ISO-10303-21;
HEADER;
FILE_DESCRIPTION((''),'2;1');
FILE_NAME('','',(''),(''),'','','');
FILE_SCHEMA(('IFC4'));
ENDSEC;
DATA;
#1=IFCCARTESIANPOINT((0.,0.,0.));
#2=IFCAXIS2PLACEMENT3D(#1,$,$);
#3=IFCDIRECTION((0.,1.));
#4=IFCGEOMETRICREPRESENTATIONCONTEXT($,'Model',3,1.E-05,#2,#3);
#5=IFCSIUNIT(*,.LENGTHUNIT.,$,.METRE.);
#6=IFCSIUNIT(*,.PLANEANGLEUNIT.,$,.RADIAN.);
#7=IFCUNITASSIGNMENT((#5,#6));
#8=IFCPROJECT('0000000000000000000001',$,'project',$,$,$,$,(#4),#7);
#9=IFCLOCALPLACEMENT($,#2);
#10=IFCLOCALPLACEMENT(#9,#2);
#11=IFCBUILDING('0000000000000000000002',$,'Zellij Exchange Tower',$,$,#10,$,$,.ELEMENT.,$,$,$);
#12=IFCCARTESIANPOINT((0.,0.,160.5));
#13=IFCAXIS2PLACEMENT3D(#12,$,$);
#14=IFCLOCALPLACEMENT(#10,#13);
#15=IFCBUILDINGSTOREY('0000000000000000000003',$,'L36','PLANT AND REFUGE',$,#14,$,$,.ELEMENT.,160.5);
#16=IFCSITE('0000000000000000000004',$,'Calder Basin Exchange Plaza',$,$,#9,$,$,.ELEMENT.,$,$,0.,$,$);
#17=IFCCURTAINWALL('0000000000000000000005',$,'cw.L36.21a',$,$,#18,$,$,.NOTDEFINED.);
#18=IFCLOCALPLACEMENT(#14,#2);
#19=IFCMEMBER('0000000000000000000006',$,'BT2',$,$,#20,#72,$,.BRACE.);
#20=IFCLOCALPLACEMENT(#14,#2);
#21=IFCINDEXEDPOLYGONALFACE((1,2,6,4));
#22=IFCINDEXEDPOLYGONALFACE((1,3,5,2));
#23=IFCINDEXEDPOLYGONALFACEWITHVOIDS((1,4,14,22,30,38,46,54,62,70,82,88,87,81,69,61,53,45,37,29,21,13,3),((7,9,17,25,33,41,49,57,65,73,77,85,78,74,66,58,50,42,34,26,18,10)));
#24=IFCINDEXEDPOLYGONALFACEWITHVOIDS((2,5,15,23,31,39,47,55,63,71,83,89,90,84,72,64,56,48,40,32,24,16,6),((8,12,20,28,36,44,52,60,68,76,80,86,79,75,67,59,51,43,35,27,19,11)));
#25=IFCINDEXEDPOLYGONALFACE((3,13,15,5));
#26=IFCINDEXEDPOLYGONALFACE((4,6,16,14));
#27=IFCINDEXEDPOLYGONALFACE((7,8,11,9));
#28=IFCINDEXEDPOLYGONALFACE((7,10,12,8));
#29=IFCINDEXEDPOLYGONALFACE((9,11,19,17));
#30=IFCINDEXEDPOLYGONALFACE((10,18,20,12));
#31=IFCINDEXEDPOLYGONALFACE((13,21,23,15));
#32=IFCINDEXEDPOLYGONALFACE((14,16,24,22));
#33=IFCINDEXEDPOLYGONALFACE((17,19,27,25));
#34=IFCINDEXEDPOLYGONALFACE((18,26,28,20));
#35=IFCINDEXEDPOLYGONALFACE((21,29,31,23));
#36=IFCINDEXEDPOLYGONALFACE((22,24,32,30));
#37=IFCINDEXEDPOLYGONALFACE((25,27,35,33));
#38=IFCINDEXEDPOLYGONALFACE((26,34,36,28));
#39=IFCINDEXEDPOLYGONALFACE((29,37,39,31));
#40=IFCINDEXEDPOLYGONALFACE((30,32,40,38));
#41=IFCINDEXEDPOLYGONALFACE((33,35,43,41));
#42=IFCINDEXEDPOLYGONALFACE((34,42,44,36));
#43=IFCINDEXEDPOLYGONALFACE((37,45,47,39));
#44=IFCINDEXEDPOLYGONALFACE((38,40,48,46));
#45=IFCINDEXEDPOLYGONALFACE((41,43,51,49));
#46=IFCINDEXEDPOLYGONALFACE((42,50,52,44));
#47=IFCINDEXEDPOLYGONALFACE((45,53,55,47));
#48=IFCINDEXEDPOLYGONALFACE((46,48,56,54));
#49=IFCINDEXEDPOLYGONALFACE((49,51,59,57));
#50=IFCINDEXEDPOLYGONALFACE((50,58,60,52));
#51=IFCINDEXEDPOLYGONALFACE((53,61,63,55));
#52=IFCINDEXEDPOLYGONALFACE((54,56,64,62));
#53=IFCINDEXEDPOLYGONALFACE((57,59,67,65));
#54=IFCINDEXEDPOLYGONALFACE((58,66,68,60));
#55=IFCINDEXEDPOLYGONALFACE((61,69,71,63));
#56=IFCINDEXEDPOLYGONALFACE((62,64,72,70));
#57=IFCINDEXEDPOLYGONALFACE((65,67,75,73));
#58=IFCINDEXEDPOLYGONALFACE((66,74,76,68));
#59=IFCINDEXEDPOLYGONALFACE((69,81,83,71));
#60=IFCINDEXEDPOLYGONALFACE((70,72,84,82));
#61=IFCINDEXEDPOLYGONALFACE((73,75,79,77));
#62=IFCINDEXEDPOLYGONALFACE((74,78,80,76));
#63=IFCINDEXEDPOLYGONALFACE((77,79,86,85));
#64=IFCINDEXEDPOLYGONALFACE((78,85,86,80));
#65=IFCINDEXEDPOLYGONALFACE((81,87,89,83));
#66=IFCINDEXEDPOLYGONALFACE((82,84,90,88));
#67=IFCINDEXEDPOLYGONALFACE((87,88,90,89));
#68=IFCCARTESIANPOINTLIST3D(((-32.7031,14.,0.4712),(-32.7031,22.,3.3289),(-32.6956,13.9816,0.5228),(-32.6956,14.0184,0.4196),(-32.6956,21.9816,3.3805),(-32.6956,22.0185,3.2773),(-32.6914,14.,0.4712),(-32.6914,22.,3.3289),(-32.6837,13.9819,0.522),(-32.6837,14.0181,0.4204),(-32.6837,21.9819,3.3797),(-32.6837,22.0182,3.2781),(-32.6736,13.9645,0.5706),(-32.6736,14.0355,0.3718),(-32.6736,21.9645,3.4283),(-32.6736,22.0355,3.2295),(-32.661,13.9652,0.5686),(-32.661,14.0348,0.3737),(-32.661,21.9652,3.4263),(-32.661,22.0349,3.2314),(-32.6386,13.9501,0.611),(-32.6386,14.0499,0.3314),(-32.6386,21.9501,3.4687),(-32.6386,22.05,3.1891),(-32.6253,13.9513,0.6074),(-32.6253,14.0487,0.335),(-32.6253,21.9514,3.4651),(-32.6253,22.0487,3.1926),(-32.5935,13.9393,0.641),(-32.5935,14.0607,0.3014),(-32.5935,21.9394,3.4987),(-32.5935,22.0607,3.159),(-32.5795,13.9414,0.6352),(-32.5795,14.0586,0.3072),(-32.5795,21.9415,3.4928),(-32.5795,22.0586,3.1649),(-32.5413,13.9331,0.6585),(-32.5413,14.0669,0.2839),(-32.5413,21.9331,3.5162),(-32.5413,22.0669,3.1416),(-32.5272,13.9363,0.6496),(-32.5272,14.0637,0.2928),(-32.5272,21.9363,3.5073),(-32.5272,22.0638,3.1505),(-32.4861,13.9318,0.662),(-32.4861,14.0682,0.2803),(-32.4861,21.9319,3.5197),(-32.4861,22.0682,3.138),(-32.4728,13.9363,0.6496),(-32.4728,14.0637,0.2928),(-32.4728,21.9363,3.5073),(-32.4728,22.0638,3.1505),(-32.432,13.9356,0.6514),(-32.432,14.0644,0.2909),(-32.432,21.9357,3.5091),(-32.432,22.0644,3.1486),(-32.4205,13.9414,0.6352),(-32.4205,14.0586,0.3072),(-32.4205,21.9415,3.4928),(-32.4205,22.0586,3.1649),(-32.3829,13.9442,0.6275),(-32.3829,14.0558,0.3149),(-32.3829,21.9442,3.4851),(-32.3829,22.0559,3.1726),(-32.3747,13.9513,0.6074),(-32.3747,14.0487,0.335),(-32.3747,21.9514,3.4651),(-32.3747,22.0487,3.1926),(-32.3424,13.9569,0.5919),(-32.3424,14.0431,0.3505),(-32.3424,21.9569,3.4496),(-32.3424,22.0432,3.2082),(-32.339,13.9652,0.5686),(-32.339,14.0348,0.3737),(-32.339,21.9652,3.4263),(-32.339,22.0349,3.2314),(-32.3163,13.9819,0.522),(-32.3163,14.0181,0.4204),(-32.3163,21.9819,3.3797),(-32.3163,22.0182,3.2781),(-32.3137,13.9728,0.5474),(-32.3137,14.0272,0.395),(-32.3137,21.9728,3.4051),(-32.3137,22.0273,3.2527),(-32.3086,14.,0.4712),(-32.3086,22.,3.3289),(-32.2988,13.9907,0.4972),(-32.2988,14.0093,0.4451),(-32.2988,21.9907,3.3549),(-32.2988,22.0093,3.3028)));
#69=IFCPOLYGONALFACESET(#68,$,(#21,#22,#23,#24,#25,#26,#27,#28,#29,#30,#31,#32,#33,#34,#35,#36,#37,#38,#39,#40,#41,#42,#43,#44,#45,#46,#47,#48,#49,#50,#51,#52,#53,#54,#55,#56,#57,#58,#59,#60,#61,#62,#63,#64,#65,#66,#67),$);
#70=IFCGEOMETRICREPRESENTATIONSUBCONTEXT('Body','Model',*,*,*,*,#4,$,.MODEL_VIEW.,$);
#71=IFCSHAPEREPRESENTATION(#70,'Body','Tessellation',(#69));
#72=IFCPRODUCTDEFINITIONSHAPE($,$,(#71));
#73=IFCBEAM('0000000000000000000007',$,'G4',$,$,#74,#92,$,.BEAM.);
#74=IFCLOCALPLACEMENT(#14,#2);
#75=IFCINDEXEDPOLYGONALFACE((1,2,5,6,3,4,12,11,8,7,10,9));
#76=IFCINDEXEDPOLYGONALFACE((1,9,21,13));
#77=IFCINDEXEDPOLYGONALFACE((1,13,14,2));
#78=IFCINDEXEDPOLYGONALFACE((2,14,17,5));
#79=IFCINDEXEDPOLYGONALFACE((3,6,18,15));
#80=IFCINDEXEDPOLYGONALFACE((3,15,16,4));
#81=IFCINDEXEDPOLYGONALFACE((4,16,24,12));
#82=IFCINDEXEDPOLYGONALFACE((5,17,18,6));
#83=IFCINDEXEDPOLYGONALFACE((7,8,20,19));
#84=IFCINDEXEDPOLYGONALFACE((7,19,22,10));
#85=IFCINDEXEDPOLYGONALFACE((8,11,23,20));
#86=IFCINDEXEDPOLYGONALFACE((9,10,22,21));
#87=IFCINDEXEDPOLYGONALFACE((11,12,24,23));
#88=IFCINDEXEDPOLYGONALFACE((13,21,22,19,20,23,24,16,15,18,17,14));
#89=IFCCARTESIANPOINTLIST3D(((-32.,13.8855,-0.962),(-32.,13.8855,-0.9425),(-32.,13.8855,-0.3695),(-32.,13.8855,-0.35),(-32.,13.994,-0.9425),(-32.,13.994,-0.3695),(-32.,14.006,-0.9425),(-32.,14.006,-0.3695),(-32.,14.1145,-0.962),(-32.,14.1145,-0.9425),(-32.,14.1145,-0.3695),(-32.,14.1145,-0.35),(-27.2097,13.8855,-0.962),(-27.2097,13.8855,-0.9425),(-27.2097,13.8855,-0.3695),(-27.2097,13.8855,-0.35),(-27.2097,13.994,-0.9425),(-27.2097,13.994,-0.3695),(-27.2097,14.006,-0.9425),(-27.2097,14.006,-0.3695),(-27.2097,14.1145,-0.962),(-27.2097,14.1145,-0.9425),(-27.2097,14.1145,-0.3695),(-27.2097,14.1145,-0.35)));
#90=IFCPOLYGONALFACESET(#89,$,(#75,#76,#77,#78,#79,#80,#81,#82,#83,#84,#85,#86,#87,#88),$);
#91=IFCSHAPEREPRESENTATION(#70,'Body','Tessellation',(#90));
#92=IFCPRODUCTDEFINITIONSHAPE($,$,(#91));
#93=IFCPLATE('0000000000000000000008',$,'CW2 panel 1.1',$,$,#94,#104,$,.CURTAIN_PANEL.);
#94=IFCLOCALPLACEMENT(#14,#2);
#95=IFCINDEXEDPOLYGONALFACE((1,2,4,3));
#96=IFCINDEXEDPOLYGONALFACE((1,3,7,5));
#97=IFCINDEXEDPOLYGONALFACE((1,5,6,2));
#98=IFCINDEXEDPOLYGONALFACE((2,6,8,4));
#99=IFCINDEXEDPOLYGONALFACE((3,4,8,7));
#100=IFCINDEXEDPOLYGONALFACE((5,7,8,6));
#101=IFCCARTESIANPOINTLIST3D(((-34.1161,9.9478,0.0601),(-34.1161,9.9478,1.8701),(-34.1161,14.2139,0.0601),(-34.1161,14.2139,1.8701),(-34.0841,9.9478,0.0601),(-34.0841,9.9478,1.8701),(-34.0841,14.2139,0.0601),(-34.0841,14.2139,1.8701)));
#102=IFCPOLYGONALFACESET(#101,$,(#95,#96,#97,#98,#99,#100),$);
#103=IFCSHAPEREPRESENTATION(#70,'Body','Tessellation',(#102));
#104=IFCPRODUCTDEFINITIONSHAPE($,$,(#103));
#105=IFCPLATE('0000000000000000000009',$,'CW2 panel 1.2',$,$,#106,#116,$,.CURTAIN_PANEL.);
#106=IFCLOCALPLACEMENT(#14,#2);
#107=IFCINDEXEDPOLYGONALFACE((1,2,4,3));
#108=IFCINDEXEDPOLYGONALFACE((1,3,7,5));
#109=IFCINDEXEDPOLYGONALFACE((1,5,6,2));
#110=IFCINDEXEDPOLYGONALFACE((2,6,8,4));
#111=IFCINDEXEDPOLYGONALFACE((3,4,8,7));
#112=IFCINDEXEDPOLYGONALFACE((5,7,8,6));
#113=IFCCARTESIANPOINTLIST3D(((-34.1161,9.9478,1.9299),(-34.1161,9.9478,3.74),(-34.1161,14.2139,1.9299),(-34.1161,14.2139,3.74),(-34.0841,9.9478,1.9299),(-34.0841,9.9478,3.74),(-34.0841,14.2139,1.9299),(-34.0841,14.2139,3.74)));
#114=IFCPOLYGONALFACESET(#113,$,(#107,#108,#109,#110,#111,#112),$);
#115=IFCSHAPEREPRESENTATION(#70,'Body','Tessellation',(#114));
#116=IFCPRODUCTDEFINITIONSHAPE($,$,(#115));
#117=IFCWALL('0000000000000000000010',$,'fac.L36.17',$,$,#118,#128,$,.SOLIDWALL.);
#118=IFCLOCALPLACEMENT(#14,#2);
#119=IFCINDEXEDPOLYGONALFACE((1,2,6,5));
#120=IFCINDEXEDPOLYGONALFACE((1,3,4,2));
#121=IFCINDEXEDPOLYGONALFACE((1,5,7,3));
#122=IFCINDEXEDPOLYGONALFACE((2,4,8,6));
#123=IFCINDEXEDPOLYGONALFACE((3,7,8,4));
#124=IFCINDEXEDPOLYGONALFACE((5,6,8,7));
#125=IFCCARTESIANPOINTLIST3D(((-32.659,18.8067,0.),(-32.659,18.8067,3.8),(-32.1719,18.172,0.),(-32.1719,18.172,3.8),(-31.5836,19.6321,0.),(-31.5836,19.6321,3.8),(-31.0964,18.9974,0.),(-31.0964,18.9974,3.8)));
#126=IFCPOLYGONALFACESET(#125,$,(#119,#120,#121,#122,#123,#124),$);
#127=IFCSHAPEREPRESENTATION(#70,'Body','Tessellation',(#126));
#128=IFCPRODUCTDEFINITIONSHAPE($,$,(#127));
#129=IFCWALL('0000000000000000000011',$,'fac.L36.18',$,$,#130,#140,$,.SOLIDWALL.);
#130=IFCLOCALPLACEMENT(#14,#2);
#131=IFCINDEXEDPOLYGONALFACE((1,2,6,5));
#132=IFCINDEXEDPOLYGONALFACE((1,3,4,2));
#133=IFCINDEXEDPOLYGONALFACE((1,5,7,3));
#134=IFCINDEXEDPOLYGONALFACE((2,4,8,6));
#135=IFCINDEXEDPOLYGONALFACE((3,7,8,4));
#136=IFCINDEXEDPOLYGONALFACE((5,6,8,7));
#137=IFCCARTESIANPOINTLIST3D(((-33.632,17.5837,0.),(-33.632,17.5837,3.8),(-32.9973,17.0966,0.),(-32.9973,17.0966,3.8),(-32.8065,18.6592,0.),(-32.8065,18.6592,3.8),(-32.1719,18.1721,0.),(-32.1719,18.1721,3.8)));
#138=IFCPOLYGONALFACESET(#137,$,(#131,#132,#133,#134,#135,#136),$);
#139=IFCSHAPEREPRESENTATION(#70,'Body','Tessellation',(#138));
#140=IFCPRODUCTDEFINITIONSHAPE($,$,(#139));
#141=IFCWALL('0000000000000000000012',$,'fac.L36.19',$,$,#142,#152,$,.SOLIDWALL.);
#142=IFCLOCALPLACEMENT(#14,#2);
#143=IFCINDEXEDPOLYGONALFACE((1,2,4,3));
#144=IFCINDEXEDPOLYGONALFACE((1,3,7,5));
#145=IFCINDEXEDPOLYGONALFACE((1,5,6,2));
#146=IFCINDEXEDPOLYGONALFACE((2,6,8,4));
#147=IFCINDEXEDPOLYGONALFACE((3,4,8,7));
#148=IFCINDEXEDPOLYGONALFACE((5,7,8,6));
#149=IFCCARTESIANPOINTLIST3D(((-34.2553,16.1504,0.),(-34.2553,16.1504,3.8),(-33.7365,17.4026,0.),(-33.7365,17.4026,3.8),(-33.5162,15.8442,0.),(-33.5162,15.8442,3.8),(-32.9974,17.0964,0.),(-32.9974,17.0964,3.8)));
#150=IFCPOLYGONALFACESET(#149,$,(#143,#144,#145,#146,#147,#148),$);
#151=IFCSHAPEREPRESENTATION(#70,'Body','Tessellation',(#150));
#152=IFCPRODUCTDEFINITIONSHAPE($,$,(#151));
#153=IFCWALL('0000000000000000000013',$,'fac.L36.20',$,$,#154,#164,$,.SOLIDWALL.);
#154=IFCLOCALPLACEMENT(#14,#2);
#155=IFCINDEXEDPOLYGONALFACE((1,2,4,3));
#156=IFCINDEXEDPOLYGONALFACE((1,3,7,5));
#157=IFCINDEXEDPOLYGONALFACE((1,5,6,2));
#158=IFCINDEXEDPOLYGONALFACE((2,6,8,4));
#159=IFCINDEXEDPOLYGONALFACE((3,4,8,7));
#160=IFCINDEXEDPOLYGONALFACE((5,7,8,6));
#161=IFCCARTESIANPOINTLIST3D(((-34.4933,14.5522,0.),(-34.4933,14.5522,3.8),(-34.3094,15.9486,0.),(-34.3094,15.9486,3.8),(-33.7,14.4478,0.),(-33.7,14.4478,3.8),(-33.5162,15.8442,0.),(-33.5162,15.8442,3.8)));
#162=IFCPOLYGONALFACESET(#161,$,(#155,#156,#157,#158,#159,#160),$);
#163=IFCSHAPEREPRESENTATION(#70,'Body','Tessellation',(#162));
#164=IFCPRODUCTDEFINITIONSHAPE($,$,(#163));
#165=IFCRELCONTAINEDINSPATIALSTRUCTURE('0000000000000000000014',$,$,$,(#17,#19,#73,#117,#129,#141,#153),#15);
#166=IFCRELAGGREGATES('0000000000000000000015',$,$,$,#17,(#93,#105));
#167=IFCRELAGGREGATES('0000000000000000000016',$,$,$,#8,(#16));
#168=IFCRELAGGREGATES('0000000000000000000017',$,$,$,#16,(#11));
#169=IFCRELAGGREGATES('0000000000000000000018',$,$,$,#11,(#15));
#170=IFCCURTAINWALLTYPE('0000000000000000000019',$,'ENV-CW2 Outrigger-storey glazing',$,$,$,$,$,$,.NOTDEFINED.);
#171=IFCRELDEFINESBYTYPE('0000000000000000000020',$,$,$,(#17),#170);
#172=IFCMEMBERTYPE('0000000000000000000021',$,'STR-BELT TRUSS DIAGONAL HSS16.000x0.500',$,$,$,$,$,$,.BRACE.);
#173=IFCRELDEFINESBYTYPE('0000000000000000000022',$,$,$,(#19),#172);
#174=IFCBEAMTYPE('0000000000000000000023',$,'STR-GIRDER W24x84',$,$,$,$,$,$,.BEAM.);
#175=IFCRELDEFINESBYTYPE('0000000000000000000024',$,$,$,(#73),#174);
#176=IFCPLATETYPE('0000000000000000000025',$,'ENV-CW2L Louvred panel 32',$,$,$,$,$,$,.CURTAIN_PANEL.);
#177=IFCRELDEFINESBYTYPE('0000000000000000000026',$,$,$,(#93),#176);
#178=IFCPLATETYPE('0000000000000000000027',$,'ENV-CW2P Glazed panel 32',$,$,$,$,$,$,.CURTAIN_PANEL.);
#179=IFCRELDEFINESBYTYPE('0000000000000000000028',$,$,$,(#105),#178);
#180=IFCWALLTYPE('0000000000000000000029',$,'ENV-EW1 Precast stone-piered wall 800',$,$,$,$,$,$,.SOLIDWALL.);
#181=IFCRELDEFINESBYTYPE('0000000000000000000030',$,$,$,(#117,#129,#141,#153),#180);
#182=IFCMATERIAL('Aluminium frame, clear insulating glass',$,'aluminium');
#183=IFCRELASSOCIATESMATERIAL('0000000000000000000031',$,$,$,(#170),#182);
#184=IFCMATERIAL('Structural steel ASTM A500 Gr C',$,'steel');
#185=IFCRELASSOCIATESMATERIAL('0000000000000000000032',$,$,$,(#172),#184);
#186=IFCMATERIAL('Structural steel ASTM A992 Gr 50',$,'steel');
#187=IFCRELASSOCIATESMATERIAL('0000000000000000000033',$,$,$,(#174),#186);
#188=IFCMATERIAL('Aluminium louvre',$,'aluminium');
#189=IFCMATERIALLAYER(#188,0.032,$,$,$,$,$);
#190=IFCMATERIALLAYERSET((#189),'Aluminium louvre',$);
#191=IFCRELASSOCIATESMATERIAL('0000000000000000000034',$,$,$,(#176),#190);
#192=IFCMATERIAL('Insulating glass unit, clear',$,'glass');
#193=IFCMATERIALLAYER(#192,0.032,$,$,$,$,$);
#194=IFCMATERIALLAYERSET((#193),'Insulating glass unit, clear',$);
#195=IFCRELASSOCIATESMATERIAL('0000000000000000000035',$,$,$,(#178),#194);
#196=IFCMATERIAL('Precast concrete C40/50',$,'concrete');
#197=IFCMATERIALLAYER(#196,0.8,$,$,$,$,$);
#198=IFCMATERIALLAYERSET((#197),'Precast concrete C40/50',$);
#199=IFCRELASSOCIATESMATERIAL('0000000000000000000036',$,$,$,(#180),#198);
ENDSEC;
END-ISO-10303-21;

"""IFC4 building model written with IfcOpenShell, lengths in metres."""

from ifc_helpers import new_model, si_unit, direction, frame, frame_2d, origin, origin_2d, place, context, subcontext, project, spatial, rectangle, hollow_circle, i_section, extrude, material, layer, layer_set, material_profile, profile_set, type_object, element, aggregate, save


model = new_model("IFC4")

# Units and contexts
model_context = context("Model", 3, precision=1e-05, world=origin(), true_north=direction((0.0, 1.0)))
body_context = subcontext(model_context, "Body", "Model", "MODEL_VIEW")
ifc_project = project(units=[si_unit("LENGTHUNIT", "METRE"), si_unit("PLANEANGLEUNIT", "RADIAN")], contexts=[model_context])

# Site, building, storey
site_placement = place(None, origin())
site = spatial("IfcSite", under=ifc_project, at=site_placement, Name="Calder Basin Exchange Plaza", CompositionType="ELEMENT", RefElevation=0.0)
building_placement = place(site_placement, origin())
building = spatial("IfcBuilding", under=site, at=building_placement, Name="Zellij Exchange Tower", CompositionType="ELEMENT")
storey_placement = place(building_placement, frame((0.0, 0.0, 160.5)))
storey = spatial("IfcBuildingStorey", under=building, at=storey_placement, Name="L36", Description="PLANT AND REFUGE", CompositionType="ELEMENT", Elevation=160.5)

# Curtain wall
ifc_material_1 = material(Name="Aluminium frame, clear insulating glass", Category="aluminium")
curtain_wall_type = type_object("IfcCurtainWallType", Name="ENV-CW2 Outrigger-storey glazing", PredefinedType="NOTDEFINED", material=ifc_material_1)
curtain_wall_placement = place(storey_placement, origin())
curtain_wall = element("IfcCurtainWall", 1, at=curtain_wall_placement, inside=storey, type_object=curtain_wall_type, Name="cw.L36.21a", PredefinedType="NOTDEFINED")

# Member
ifc_material_2 = material(Name="Structural steel ASTM A992 Gr 50", Category="steel")
ifc_material_3 = material(Name="Structural steel ASTM A500 Gr C", Category="steel")
ifc_material_profile_1 = material_profile(ifc_material_3, hollow_circle(Radius=0.2031, WallThickness=0.0117, at=origin_2d()), Name="STR-BELT TRUSS DIAGONAL HSS16.000x0.500")
ifc_profile_set_1 = profile_set([ifc_material_profile_1], Name="Structural steel ASTM A500 Gr C")
member_type_1 = type_object("IfcMemberType", Name="STR-BELT TRUSS DIAGONAL HSS16.000x0.500", PredefinedType="BRACE", material=ifc_profile_set_1)
member_1_placement = place(storey_placement, frame((-32.5, 14.0, 0.4712), z_axis=(0.0, 0.941722, 0.336391), x_axis=(-1.0, 0.0, 0.0)))
element("IfcMember", 2, at=member_1_placement, inside=storey, type_object=member_type_1, Name="BT2", PredefinedType="BRACE", context=body_context, shape_type="SweptSolid", body=[
    extrude(hollow_circle(Radius=0.2031, WallThickness=0.0117, at=origin_2d()), origin(), (0.0, 0.0, 1.0), 8.4951),
])

# Beam
ifc_material_profile_2 = material_profile(ifc_material_2, i_section(OverallWidth=0.229, OverallDepth=0.6121, WebThickness=0.012, FlangeThickness=0.0195, at=origin_2d()), Name="W24x84")
ifc_profile_set_2 = profile_set([ifc_material_profile_2], Name="Structural steel ASTM A992 Gr 50")
beam_type = type_object("IfcBeamType", Name="STR-GIRDER W24x84", PredefinedType="BEAM", material=ifc_profile_set_2)
beam_placement = place(storey_placement, frame((-32.0, 14.0, -0.656), z_axis=(1.0, 0.0, 0.0), x_axis=(0.0, 1.0, 0.0)))
element("IfcBeam", 3, at=beam_placement, inside=storey, type_object=beam_type, Name="G4", PredefinedType="BEAM", context=body_context, shape_type="SweptSolid", body=[
    extrude(i_section(OverallWidth=0.229, OverallDepth=0.6121, WebThickness=0.012, FlangeThickness=0.0195, at=origin_2d()), origin(), (0.0, 0.0, 1.0), 4.7903),
])

# Plates
ifc_material_4 = material(Name="Aluminium louvre", Category="aluminium")
ifc_layer_1 = layer(ifc_material_4, 0.032)
ifc_layer_set_1 = layer_set([ifc_layer_1], Name="Aluminium louvre")
plate_type_1 = type_object("IfcPlateType", Name="ENV-CW2L Louvred panel 32", PredefinedType="CURTAIN_PANEL", material=ifc_layer_set_1)
plate_1_placement = place(storey_placement, frame((-34.1001, 12.0808, 0.0601), z_axis=(0.0, 0.0, 1.0), x_axis=(0.0, -1.0, 0.0)))
plate_1 = element("IfcPlate", 4, at=plate_1_placement, type_object=plate_type_1, Name="CW2 panel 1.1", PredefinedType="CURTAIN_PANEL", context=body_context, shape_type="SweptSolid", body=[
    extrude(rectangle(XDim=4.2661, YDim=0.032, at=origin_2d()), origin(), (0.0, 0.0, 1.0), 1.8101),
])
ifc_material_5 = material(Name="Insulating glass unit, clear", Category="glass")
ifc_layer_2 = layer(ifc_material_5, 0.032)
ifc_layer_set_2 = layer_set([ifc_layer_2], Name="Insulating glass unit, clear")
plate_type_2 = type_object("IfcPlateType", Name="ENV-CW2P Glazed panel 32", PredefinedType="CURTAIN_PANEL", material=ifc_layer_set_2)
plate_2_placement = place(storey_placement, frame((-34.1001, 12.0808, 1.9299), z_axis=(0.0, 0.0, 1.0), x_axis=(0.0, -1.0, 0.0)))
plate_2 = element("IfcPlate", 5, at=plate_2_placement, type_object=plate_type_2, Name="CW2 panel 1.2", PredefinedType="CURTAIN_PANEL", context=body_context, shape_type="SweptSolid", body=[
    extrude(rectangle(XDim=4.2661, YDim=0.032, at=origin_2d()), origin(), (0.0, 0.0, 1.0), 1.8101),
])
aggregate(curtain_wall, [plate_1, plate_2])

# Walls
ifc_material_6 = material(Name="Precast concrete C40/50", Category="concrete")
ifc_layer_3 = layer(ifc_material_6, 0.8)
ifc_layer_set_3 = layer_set([ifc_layer_3], Name="Precast concrete C40/50")
wall_type_1 = type_object("IfcWallType", Name="ENV-EW1 Precast stone-piered wall 800", PredefinedType="SOLIDWALL", material=ifc_layer_set_3)
for number, where, z_axis, x_axis, name in (
    (6, (-31.3401, 19.3147, 0.0), (0.0, 0.0, 1.0), (-0.793273, -0.608866, 0.0), "fac.L36.17"),
    (7, (-32.4893, 18.4155, 0.0), (0.0, 0.0, 1.0), (-0.608866, -0.793273, 0.0), "fac.L36.18"),
):
    element("IfcWall", number, at=place(storey_placement, frame(where, z_axis=z_axis, x_axis=x_axis)), inside=storey, type_object=wall_type_1, Name=name, PredefinedType="SOLIDWALL", context=body_context, shape_type="SweptSolid", body=[
        extrude(rectangle(XDim=1.3557, YDim=0.8, at=frame_2d((0.6777, 0.0))), origin(), (0.0, 0.0, 1.0), 3.8),
    ])
wall_1_placement = place(storey_placement, frame((-33.3669, 17.2495, 0.0), z_axis=(0.0, 0.0, 1.0), x_axis=(-0.38276, -0.923848, 0.0)))
element("IfcWall", 8, at=wall_1_placement, inside=storey, type_object=wall_type_1, Name="fac.L36.19", PredefinedType="SOLIDWALL", context=body_context, shape_type="SweptSolid", body=[
    extrude(rectangle(XDim=1.3555, YDim=0.8, at=frame_2d((0.6777, 0.0))), origin(), (0.0, 0.0, 1.0), 3.8),
])
wall_2_placement = place(storey_placement, frame((-33.9128, 15.8962, 0.0), z_axis=(0.0, 0.0, 1.0), x_axis=(-0.130517, -0.991446, 0.0)))
element("IfcWall", 9, at=wall_2_placement, inside=storey, type_object=wall_type_1, Name="fac.L36.20", PredefinedType="SOLIDWALL", context=body_context, shape_type="SweptSolid", body=[
    extrude(rectangle(XDim=1.4084, YDim=0.8, at=frame_2d((0.7041, 0.0))), origin(), (0.0, 0.0, 1.0), 3.8),
])

save(model, "model.ifc")
